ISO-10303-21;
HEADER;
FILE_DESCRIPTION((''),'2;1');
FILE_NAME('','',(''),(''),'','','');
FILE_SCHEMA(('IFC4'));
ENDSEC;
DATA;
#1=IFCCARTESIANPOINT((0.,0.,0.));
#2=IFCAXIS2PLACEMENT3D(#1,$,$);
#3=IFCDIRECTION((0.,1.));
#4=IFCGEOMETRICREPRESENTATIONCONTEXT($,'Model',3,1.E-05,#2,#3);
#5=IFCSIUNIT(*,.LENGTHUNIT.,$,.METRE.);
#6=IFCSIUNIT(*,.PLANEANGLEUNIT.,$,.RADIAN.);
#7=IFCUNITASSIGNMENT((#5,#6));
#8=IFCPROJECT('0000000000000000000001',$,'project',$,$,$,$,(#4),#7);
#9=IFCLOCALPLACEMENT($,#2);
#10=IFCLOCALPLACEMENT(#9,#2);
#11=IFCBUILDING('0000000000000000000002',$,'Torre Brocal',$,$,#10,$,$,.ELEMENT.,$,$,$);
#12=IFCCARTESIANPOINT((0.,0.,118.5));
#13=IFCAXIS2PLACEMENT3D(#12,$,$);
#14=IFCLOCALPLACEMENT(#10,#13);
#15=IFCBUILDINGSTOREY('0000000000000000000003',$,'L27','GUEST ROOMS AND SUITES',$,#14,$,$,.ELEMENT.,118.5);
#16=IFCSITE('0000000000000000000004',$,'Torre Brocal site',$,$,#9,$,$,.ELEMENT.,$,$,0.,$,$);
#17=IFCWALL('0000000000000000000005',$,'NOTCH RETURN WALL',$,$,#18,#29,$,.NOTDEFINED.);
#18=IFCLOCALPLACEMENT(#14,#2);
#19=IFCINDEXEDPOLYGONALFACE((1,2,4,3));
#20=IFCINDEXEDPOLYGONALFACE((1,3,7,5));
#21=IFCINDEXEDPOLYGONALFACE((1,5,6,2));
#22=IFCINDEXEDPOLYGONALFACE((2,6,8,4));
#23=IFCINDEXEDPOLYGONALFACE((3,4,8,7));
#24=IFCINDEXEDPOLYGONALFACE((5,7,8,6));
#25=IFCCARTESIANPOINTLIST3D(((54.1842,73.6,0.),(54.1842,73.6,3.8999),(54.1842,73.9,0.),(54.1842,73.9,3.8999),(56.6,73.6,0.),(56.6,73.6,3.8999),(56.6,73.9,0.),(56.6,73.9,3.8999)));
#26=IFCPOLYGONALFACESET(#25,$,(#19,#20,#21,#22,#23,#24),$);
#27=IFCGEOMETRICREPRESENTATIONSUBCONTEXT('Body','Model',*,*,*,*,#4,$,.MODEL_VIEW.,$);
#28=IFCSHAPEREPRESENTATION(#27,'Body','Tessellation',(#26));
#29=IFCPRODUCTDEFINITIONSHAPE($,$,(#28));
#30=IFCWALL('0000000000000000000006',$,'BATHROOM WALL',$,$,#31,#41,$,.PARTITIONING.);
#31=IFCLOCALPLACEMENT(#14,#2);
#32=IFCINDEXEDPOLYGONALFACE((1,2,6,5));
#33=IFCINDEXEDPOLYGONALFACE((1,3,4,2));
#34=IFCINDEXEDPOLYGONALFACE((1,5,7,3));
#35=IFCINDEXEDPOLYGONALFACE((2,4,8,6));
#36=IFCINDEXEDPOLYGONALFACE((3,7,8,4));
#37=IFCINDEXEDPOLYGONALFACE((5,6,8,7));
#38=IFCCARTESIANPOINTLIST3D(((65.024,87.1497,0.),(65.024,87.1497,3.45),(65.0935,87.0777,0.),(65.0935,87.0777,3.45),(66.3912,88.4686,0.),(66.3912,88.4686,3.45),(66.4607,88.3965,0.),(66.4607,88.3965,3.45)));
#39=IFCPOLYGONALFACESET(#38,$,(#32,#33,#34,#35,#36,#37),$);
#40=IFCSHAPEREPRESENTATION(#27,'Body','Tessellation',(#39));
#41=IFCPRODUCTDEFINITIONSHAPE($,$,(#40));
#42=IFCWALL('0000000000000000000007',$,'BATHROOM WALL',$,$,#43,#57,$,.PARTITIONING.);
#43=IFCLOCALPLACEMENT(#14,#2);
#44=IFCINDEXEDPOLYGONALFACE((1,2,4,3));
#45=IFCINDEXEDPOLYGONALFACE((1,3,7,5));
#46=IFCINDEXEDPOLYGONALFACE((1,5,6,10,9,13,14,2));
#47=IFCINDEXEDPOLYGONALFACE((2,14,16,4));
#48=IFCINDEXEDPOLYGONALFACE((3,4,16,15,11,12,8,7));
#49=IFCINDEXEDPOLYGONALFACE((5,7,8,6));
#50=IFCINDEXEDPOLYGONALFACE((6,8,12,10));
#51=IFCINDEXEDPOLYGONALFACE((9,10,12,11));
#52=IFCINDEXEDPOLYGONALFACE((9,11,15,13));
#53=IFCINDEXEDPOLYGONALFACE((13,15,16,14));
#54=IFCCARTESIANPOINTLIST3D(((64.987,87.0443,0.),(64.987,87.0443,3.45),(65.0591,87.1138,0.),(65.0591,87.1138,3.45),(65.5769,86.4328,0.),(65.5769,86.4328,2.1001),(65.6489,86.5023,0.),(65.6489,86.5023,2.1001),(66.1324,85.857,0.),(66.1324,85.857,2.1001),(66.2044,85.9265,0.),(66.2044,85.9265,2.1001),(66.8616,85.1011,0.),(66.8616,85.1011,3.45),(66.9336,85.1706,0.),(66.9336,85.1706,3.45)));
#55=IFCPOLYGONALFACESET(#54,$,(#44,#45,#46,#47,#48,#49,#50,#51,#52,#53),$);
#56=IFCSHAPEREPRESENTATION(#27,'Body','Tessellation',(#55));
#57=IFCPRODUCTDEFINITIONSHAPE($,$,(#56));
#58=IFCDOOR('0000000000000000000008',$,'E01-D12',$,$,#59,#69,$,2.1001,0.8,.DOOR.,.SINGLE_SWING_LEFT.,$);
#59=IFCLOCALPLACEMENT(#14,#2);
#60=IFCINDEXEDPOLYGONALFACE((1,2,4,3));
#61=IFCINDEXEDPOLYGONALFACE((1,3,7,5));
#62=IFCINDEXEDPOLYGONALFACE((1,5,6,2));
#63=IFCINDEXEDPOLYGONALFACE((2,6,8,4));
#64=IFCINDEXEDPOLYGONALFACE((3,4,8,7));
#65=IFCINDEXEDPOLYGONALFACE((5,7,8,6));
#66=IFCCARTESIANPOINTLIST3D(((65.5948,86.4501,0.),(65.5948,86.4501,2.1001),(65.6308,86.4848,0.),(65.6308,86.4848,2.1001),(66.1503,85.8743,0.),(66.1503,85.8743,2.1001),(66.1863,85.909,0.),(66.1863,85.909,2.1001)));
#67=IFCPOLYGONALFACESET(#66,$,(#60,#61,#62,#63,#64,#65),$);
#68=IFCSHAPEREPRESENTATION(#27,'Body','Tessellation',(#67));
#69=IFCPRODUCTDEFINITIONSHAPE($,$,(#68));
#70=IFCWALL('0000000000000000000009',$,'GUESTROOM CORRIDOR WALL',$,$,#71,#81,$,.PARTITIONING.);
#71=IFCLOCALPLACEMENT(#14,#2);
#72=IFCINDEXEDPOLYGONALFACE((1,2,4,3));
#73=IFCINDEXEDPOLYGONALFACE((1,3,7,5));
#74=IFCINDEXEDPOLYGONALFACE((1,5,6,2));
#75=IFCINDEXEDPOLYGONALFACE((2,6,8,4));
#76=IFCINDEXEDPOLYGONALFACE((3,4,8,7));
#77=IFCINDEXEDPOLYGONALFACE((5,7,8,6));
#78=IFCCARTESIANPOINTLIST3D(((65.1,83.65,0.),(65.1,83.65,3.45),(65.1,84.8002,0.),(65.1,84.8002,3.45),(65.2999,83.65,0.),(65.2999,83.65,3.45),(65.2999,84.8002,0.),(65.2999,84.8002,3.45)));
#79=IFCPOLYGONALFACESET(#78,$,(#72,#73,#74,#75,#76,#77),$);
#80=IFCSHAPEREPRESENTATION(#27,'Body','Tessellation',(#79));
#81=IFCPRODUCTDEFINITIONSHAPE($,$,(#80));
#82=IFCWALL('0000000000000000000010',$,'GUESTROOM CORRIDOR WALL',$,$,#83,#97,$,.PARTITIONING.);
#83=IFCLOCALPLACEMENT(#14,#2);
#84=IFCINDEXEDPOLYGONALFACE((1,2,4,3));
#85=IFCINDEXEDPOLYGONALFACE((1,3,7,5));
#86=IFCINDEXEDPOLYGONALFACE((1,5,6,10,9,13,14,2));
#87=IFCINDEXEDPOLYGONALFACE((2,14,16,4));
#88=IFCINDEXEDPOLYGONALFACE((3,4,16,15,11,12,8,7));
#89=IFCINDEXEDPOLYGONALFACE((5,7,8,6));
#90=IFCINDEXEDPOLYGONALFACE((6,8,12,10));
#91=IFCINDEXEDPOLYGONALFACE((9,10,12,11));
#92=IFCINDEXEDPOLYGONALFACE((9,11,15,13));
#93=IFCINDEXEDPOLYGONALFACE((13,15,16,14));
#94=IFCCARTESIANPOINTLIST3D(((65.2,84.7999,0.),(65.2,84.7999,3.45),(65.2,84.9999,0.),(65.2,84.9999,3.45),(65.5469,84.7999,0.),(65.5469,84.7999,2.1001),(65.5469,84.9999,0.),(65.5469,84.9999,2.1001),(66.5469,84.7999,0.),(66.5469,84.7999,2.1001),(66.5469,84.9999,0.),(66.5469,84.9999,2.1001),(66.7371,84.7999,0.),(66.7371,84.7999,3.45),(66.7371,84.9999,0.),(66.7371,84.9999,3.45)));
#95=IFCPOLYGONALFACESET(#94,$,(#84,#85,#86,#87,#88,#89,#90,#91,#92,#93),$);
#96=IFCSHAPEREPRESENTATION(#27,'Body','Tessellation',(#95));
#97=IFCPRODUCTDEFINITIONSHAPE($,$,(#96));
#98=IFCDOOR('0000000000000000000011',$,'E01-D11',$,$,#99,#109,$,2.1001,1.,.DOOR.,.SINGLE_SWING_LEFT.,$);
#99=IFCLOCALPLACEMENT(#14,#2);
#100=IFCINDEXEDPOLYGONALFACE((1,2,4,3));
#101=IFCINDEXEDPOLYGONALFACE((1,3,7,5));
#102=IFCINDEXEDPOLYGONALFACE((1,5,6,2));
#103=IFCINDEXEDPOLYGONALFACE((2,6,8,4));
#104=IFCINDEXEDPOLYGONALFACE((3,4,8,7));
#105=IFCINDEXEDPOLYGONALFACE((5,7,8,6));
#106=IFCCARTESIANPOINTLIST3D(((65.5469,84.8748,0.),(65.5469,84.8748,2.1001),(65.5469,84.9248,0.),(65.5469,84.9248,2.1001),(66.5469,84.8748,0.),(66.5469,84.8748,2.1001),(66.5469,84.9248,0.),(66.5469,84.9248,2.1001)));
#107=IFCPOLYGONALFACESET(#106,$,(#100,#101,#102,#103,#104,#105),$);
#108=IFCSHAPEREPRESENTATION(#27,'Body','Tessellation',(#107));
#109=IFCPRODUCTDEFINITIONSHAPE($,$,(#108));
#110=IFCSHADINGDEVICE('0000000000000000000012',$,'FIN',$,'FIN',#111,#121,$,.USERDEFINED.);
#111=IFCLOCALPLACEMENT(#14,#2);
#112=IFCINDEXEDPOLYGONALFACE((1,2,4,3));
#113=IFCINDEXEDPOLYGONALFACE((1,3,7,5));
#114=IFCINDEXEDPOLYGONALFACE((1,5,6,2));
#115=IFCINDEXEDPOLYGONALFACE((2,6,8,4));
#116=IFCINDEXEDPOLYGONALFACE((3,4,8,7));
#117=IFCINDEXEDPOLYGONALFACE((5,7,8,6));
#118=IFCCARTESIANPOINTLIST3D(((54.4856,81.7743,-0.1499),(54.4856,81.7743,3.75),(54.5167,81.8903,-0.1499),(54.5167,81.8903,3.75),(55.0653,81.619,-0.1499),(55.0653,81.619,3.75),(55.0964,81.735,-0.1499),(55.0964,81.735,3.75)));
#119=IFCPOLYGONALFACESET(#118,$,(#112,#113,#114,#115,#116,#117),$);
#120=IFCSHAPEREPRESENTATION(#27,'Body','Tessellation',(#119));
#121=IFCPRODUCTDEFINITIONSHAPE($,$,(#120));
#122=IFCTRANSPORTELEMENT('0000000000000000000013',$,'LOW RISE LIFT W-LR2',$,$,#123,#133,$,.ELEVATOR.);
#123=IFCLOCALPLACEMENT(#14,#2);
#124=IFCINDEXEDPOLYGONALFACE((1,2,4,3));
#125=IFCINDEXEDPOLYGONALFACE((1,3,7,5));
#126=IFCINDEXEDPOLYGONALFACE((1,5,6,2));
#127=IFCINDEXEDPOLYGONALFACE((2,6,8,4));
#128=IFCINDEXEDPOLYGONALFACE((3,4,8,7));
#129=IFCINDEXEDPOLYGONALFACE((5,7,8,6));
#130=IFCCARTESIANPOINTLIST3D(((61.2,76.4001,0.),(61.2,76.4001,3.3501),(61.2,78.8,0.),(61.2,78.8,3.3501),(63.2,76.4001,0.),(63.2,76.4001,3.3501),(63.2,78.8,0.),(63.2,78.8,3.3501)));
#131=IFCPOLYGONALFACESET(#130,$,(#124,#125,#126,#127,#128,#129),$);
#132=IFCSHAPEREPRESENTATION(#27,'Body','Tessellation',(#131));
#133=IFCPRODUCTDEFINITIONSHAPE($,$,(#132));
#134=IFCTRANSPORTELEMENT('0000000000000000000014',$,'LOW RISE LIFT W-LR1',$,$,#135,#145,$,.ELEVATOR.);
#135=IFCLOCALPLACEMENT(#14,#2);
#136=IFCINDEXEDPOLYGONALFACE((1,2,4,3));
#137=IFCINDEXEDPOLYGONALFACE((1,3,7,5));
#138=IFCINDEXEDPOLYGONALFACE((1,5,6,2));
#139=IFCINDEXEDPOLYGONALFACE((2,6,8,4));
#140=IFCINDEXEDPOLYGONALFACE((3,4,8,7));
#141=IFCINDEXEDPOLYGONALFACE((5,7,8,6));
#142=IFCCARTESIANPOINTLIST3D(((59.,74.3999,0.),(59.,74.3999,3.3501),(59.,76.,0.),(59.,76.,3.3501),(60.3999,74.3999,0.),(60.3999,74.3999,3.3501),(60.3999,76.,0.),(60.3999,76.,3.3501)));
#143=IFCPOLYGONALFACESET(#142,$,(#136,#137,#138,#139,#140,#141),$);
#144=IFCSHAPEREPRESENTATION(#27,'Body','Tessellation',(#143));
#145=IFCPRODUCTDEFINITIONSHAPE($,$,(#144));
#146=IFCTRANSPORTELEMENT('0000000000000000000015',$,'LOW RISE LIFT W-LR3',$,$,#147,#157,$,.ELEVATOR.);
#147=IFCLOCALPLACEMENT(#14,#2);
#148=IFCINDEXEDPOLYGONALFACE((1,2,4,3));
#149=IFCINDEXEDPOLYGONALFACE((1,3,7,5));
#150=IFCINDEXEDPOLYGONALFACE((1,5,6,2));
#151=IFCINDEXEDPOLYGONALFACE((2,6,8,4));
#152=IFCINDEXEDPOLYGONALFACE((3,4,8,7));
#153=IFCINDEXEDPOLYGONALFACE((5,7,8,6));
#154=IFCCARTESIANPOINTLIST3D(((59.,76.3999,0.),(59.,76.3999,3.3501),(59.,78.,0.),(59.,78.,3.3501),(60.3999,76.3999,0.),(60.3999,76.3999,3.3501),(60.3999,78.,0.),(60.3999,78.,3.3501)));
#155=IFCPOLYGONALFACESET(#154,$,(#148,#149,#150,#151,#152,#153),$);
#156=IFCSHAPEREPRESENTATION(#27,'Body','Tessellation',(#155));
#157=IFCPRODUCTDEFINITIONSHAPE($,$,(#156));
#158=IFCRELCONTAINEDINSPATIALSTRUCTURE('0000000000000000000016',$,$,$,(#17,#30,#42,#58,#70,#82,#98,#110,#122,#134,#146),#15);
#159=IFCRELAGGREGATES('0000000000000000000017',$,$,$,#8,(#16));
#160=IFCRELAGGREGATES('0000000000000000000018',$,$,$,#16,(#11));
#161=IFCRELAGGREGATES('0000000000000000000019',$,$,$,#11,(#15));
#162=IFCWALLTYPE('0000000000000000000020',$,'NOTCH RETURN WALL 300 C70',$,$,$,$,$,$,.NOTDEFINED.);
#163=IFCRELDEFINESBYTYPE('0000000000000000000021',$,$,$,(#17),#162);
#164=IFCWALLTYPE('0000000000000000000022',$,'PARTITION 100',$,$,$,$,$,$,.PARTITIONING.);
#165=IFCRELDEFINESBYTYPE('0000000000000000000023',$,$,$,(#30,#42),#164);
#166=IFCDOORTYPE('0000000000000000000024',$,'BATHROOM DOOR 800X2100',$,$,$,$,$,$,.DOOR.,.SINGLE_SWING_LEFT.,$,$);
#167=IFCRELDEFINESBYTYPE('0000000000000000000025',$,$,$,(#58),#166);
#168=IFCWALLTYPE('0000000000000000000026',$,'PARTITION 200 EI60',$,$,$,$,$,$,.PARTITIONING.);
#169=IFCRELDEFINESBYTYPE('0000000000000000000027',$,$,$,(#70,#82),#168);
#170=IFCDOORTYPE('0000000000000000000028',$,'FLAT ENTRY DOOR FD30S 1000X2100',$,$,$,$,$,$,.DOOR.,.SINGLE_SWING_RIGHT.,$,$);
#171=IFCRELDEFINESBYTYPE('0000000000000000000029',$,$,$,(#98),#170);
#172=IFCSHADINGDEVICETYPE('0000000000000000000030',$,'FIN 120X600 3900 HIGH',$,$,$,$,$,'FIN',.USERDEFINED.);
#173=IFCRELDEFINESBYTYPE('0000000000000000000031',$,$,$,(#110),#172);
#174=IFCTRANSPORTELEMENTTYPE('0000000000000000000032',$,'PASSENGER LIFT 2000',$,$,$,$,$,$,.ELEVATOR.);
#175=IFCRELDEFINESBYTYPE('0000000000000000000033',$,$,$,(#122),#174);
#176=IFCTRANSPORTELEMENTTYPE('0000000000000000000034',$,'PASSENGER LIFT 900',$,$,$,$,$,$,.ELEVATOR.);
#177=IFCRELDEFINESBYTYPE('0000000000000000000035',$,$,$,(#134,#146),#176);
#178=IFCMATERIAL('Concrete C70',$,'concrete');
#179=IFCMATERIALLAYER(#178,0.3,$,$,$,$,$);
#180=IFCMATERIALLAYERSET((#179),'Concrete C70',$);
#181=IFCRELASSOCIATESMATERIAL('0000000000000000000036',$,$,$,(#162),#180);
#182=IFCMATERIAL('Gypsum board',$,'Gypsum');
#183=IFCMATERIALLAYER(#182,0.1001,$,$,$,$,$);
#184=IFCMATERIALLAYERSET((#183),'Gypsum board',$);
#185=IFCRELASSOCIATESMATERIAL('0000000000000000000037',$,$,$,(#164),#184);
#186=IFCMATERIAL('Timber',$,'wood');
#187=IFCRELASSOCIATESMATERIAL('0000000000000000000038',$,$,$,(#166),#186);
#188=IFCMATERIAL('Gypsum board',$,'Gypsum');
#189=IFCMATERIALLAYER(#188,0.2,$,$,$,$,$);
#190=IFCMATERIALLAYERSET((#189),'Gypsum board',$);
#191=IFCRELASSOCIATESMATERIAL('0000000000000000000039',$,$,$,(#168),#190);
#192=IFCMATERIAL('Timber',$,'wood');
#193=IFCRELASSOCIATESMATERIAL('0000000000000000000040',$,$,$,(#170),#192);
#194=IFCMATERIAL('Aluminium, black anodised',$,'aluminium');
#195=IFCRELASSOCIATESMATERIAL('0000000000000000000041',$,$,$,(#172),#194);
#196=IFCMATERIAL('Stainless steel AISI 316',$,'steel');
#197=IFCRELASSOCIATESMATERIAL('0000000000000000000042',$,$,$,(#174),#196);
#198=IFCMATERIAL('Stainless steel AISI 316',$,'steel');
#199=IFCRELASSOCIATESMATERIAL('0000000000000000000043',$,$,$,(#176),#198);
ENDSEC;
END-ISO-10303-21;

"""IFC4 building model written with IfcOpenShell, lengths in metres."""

from ifc_helpers import new_model, si_unit, direction, frame, frame_2d, origin, origin_2d, place, context, subcontext, project, spatial, rectangle, extrude, material, layer, layer_set, material_profile, profile_set, type_object, element, fill, save


model = new_model("IFC4")

# Units and contexts
model_context = context("Model", 3, precision=1e-05, world=origin(), true_north=direction((0.0, 1.0)))
body_context = subcontext(model_context, "Body", "Model", "MODEL_VIEW")
ifc_project = project(units=[si_unit("LENGTHUNIT", "METRE"), si_unit("PLANEANGLEUNIT", "RADIAN")], contexts=[model_context])

# Site, building, storey
site_placement = place(None, origin())
site = spatial("IfcSite", under=ifc_project, at=site_placement, Name="Torre Brocal site", CompositionType="ELEMENT", RefElevation=0.0)
building_placement = place(site_placement, origin())
building = spatial("IfcBuilding", under=site, at=building_placement, Name="Torre Brocal", CompositionType="ELEMENT")
storey_placement = place(building_placement, frame((0.0, 0.0, 118.5)))
storey = spatial("IfcBuildingStorey", under=building, at=storey_placement, Name="L27", Description="GUEST ROOMS AND SUITES", CompositionType="ELEMENT", Elevation=118.5)

# Walls
ifc_material_1 = material(Name="Concrete C70", Category="concrete")
ifc_layer_1 = layer(ifc_material_1, 0.3)
ifc_layer_set_1 = layer_set([ifc_layer_1], Name="Concrete C70")
wall_type_1 = type_object("IfcWallType", Name="NOTCH RETURN WALL 300 C70", PredefinedType="NOTDEFINED", material=ifc_layer_set_1)
for number, where, z_axis, x_axis, name in (
    (1, (56.6001, 73.75, 0.0), (0.0, 0.0, 1.0), (-1.0, 0.0, 0.0), "NOTCH RETURN WALL"),
):
    element("IfcWall", number, at=place(storey_placement, frame(where, z_axis=z_axis, x_axis=x_axis)), inside=storey, type_object=wall_type_1, Name=name, PredefinedType="NOTDEFINED", context=body_context, shape_type="SweptSolid", body=[
        extrude(rectangle(XDim=2.4158, YDim=0.3, at=frame_2d((1.208, 0.0))), origin(), (0.0, 0.0, 1.0), 3.8999),
    ])
ifc_material_2 = material(Name="Gypsum board", Category="Gypsum")
ifc_layer_2 = layer(ifc_material_2, 0.1001)
ifc_layer_set_2 = layer_set([ifc_layer_2], Name="Gypsum board")
wall_type_2 = type_object("IfcWallType", Name="PARTITION 100", PredefinedType="PARTITIONING", material=ifc_layer_set_2)
wall_1_placement = place(storey_placement, frame((65.0588, 87.1138, 0.0), z_axis=(0.0, 0.0, 1.0), x_axis=(0.719716, 0.694269, 0.0)))
element("IfcWall", 2, at=wall_1_placement, inside=storey, type_object=wall_type_2, Name="BATHROOM WALL", PredefinedType="PARTITIONING", context=body_context, shape_type="SweptSolid", body=[
    extrude(rectangle(XDim=1.8997, YDim=0.1001, at=frame_2d((0.9497, 0.0))), origin(), (0.0, 0.0, 1.0), 3.45),
])

# Wall, opening, door
wall_2_placement = place(storey_placement, frame((65.0229, 87.0791, 0.0), z_axis=(0.0, 0.0, 1.0), x_axis=(0.694288, -0.719697, 0.0)))
wall_2 = element("IfcWall", 3, at=wall_2_placement, inside=storey, type_object=wall_type_2, Name="BATHROOM WALL", PredefinedType="PARTITIONING", context=body_context, shape_type="SweptSolid", body=[
    extrude(rectangle(XDim=2.7, YDim=0.1001, at=frame_2d((1.3501, 0.0))), origin(), (0.0, 0.0, 1.0), 3.45),
])
opening_1_placement = place(wall_2_placement, frame((0.8499, 0.0, 0.0)))
opening_1 = element("IfcOpeningElement", 4, at=opening_1_placement, cuts=wall_2, PredefinedType="OPENING", context=body_context, shape_type="SweptSolid", body=[
    extrude(rectangle(XDim=0.8, YDim=2.1001, at=frame_2d((0.3999, 1.05))), frame((0.0, 0.0601, 0.0), z_axis=(0.0, -1.0, 0.0), x_axis=(1.0, 0.0, 0.0)), (0.0, 0.0, 1.0), 0.1201),
])
ifc_material_3 = material(Name="Timber", Category="wood")
door_type_1 = type_object("IfcDoorType", Name="BATHROOM DOOR 800X2100", OperationType="SINGLE_SWING_LEFT", PredefinedType="DOOR", material=ifc_material_3)
door_1_placement = place(opening_1_placement, origin())
door_1 = element("IfcDoor", 5, at=door_1_placement, inside=storey, type_object=door_type_1, Name="E01-D12", OperationType="SINGLE_SWING_LEFT", OverallHeight=2.1001, OverallWidth=0.8, PredefinedType="DOOR", context=body_context, shape_type="SweptSolid", body=[
    extrude(rectangle(XDim=0.8, YDim=2.1001, at=frame_2d((0.3999, 1.05))), frame((0.0, 0.0249, 0.0), z_axis=(0.0, -1.0, 0.0), x_axis=(1.0, 0.0, 0.0)), (0.0, 0.0, 1.0), 0.05),
])
fill(opening_1, door_1)

# Wall
ifc_material_4 = material(Name="Gypsum board", Category="Gypsum")
ifc_layer_3 = layer(ifc_material_4, 0.2)
ifc_layer_set_3 = layer_set([ifc_layer_3], Name="Gypsum board")
wall_type_3 = type_object("IfcWallType", Name="PARTITION 200 EI60", PredefinedType="PARTITIONING", material=ifc_layer_set_3)
wall_3_placement = place(storey_placement, frame((65.2, 83.6499, 0.0), z_axis=(0.0, 0.0, 1.0), x_axis=(0.0, 1.0, 0.0)))
element("IfcWall", 6, at=wall_3_placement, inside=storey, type_object=wall_type_3, Name="GUESTROOM CORRIDOR WALL", PredefinedType="PARTITIONING", context=body_context, shape_type="SweptSolid", body=[
    extrude(rectangle(XDim=1.1501, YDim=0.2, at=frame_2d((0.5752, 0.0))), origin(), (0.0, 0.0, 1.0), 3.45),
])

# Wall, opening, door
wall_4_placement = place(storey_placement, frame((65.2, 84.8999, 0.0), z_axis=(0.0, 0.0, 1.0), x_axis=(1.0, 0.0, 0.0)))
wall_4 = element("IfcWall", 7, at=wall_4_placement, inside=storey, type_object=wall_type_3, Name="GUESTROOM CORRIDOR WALL", PredefinedType="PARTITIONING", context=body_context, shape_type="SweptSolid", body=[
    extrude(rectangle(XDim=1.5371, YDim=0.2, at=frame_2d((0.7686, 0.0))), origin(), (0.0, 0.0, 1.0), 3.45),
])
opening_2_placement = place(wall_4_placement, frame((0.3469, 0.0, 0.0)))
opening_2 = element("IfcOpeningElement", 8, at=opening_2_placement, cuts=wall_4, PredefinedType="OPENING", context=body_context, shape_type="SweptSolid", body=[
    extrude(rectangle(XDim=1.0, YDim=2.1001, at=frame_2d((0.5, 1.05))), frame((0.0, 0.1099, 0.0), z_axis=(0.0, -1.0, 0.0), x_axis=(1.0, 0.0, 0.0)), (0.0, 0.0, 1.0), 0.22),
])
ifc_material_5 = material(Name="Timber", Category="wood")
door_type_2 = type_object("IfcDoorType", Name="FLAT ENTRY DOOR FD30S 1000X2100", OperationType="SINGLE_SWING_RIGHT", PredefinedType="DOOR", material=ifc_material_5)
door_2_placement = place(opening_2_placement, origin())
door_2 = element("IfcDoor", 9, at=door_2_placement, inside=storey, type_object=door_type_2, Name="E01-D11", OperationType="SINGLE_SWING_LEFT", OverallHeight=2.1001, OverallWidth=1.0, PredefinedType="DOOR", context=body_context, shape_type="SweptSolid", body=[
    extrude(rectangle(XDim=1.0, YDim=2.1001, at=frame_2d((0.5, 1.05))), frame((0.0, 0.0249, 0.0), z_axis=(0.0, -1.0, 0.0), x_axis=(1.0, 0.0, 0.0)), (0.0, 0.0, 1.0), 0.05),
])
fill(opening_2, door_2)

# Shading device
ifc_material_6 = material(Name="Aluminium, black anodised", Category="aluminium")
ifc_material_profile_1 = material_profile(ifc_material_6, rectangle(XDim=0.1201, YDim=0.6001, at=origin_2d()), Name="FIN 120X600 3900 HIGH")
ifc_profile_set_1 = profile_set([ifc_material_profile_1], Name="Aluminium, black anodised")
shading_device_type = type_object("IfcShadingDeviceType", Name="FIN 120X600 3900 HIGH", ElementType="FIN", PredefinedType="USERDEFINED", material=ifc_profile_set_1)
shading_device_placement = place(storey_placement, frame((54.791, 81.7546, -0.1499), z_axis=(0.0, 0.0, 1.0), x_axis=(-0.258819, -0.965926, 0.0)))
element("IfcShadingDevice", 10, at=shading_device_placement, inside=storey, type_object=shading_device_type, Name="FIN", ObjectType="FIN", PredefinedType="USERDEFINED", context=body_context, shape_type="SweptSolid", body=[
    extrude(rectangle(XDim=0.1201, YDim=0.6001, at=origin_2d()), origin(), (0.0, 0.0, 1.0), 3.8999),
])

# Transport elements
ifc_material_7 = material(Name="Stainless steel AISI 316", Category="steel")
transport_element_type_1 = type_object("IfcTransportElementType", Name="PASSENGER LIFT 2000", PredefinedType="ELEVATOR", material=ifc_material_7)
transport_element_placement = place(storey_placement, frame((62.2, 77.6001, 0.0), z_axis=(0.0, 0.0, 1.0), x_axis=(1.0, 0.0, 0.0)))
element("IfcTransportElement", 11, at=transport_element_placement, inside=storey, type_object=transport_element_type_1, Name="LOW RISE LIFT W-LR2", PredefinedType="ELEVATOR", context=body_context, shape_type="SweptSolid", body=[
    extrude(rectangle(XDim=2.0, YDim=2.3999, at=origin_2d()), origin(), (0.0, 0.0, 1.0), 3.3501),
])
ifc_material_8 = material(Name="Stainless steel AISI 316", Category="steel")
transport_element_type_2 = type_object("IfcTransportElementType", Name="PASSENGER LIFT 900", PredefinedType="ELEVATOR", material=ifc_material_8)
for number, where, z_axis, x_axis, name in (
    (12, (59.7, 75.2, 0.0), (0.0, 0.0, 1.0), (1.0, 0.0, 0.0), "LOW RISE LIFT W-LR1"),
    (13, (59.7, 77.2, 0.0), (0.0, 0.0, 1.0), (1.0, 0.0, 0.0), "LOW RISE LIFT W-LR3"),
):
    element("IfcTransportElement", number, at=place(storey_placement, frame(where, z_axis=z_axis, x_axis=x_axis)), inside=storey, type_object=transport_element_type_2, Name=name, PredefinedType="ELEVATOR", context=body_context, shape_type="SweptSolid", body=[
        extrude(rectangle(XDim=1.3999, YDim=1.6001, at=origin_2d()), origin(), (0.0, 0.0, 1.0), 3.3501),
    ])

save(model, "model.ifc")
